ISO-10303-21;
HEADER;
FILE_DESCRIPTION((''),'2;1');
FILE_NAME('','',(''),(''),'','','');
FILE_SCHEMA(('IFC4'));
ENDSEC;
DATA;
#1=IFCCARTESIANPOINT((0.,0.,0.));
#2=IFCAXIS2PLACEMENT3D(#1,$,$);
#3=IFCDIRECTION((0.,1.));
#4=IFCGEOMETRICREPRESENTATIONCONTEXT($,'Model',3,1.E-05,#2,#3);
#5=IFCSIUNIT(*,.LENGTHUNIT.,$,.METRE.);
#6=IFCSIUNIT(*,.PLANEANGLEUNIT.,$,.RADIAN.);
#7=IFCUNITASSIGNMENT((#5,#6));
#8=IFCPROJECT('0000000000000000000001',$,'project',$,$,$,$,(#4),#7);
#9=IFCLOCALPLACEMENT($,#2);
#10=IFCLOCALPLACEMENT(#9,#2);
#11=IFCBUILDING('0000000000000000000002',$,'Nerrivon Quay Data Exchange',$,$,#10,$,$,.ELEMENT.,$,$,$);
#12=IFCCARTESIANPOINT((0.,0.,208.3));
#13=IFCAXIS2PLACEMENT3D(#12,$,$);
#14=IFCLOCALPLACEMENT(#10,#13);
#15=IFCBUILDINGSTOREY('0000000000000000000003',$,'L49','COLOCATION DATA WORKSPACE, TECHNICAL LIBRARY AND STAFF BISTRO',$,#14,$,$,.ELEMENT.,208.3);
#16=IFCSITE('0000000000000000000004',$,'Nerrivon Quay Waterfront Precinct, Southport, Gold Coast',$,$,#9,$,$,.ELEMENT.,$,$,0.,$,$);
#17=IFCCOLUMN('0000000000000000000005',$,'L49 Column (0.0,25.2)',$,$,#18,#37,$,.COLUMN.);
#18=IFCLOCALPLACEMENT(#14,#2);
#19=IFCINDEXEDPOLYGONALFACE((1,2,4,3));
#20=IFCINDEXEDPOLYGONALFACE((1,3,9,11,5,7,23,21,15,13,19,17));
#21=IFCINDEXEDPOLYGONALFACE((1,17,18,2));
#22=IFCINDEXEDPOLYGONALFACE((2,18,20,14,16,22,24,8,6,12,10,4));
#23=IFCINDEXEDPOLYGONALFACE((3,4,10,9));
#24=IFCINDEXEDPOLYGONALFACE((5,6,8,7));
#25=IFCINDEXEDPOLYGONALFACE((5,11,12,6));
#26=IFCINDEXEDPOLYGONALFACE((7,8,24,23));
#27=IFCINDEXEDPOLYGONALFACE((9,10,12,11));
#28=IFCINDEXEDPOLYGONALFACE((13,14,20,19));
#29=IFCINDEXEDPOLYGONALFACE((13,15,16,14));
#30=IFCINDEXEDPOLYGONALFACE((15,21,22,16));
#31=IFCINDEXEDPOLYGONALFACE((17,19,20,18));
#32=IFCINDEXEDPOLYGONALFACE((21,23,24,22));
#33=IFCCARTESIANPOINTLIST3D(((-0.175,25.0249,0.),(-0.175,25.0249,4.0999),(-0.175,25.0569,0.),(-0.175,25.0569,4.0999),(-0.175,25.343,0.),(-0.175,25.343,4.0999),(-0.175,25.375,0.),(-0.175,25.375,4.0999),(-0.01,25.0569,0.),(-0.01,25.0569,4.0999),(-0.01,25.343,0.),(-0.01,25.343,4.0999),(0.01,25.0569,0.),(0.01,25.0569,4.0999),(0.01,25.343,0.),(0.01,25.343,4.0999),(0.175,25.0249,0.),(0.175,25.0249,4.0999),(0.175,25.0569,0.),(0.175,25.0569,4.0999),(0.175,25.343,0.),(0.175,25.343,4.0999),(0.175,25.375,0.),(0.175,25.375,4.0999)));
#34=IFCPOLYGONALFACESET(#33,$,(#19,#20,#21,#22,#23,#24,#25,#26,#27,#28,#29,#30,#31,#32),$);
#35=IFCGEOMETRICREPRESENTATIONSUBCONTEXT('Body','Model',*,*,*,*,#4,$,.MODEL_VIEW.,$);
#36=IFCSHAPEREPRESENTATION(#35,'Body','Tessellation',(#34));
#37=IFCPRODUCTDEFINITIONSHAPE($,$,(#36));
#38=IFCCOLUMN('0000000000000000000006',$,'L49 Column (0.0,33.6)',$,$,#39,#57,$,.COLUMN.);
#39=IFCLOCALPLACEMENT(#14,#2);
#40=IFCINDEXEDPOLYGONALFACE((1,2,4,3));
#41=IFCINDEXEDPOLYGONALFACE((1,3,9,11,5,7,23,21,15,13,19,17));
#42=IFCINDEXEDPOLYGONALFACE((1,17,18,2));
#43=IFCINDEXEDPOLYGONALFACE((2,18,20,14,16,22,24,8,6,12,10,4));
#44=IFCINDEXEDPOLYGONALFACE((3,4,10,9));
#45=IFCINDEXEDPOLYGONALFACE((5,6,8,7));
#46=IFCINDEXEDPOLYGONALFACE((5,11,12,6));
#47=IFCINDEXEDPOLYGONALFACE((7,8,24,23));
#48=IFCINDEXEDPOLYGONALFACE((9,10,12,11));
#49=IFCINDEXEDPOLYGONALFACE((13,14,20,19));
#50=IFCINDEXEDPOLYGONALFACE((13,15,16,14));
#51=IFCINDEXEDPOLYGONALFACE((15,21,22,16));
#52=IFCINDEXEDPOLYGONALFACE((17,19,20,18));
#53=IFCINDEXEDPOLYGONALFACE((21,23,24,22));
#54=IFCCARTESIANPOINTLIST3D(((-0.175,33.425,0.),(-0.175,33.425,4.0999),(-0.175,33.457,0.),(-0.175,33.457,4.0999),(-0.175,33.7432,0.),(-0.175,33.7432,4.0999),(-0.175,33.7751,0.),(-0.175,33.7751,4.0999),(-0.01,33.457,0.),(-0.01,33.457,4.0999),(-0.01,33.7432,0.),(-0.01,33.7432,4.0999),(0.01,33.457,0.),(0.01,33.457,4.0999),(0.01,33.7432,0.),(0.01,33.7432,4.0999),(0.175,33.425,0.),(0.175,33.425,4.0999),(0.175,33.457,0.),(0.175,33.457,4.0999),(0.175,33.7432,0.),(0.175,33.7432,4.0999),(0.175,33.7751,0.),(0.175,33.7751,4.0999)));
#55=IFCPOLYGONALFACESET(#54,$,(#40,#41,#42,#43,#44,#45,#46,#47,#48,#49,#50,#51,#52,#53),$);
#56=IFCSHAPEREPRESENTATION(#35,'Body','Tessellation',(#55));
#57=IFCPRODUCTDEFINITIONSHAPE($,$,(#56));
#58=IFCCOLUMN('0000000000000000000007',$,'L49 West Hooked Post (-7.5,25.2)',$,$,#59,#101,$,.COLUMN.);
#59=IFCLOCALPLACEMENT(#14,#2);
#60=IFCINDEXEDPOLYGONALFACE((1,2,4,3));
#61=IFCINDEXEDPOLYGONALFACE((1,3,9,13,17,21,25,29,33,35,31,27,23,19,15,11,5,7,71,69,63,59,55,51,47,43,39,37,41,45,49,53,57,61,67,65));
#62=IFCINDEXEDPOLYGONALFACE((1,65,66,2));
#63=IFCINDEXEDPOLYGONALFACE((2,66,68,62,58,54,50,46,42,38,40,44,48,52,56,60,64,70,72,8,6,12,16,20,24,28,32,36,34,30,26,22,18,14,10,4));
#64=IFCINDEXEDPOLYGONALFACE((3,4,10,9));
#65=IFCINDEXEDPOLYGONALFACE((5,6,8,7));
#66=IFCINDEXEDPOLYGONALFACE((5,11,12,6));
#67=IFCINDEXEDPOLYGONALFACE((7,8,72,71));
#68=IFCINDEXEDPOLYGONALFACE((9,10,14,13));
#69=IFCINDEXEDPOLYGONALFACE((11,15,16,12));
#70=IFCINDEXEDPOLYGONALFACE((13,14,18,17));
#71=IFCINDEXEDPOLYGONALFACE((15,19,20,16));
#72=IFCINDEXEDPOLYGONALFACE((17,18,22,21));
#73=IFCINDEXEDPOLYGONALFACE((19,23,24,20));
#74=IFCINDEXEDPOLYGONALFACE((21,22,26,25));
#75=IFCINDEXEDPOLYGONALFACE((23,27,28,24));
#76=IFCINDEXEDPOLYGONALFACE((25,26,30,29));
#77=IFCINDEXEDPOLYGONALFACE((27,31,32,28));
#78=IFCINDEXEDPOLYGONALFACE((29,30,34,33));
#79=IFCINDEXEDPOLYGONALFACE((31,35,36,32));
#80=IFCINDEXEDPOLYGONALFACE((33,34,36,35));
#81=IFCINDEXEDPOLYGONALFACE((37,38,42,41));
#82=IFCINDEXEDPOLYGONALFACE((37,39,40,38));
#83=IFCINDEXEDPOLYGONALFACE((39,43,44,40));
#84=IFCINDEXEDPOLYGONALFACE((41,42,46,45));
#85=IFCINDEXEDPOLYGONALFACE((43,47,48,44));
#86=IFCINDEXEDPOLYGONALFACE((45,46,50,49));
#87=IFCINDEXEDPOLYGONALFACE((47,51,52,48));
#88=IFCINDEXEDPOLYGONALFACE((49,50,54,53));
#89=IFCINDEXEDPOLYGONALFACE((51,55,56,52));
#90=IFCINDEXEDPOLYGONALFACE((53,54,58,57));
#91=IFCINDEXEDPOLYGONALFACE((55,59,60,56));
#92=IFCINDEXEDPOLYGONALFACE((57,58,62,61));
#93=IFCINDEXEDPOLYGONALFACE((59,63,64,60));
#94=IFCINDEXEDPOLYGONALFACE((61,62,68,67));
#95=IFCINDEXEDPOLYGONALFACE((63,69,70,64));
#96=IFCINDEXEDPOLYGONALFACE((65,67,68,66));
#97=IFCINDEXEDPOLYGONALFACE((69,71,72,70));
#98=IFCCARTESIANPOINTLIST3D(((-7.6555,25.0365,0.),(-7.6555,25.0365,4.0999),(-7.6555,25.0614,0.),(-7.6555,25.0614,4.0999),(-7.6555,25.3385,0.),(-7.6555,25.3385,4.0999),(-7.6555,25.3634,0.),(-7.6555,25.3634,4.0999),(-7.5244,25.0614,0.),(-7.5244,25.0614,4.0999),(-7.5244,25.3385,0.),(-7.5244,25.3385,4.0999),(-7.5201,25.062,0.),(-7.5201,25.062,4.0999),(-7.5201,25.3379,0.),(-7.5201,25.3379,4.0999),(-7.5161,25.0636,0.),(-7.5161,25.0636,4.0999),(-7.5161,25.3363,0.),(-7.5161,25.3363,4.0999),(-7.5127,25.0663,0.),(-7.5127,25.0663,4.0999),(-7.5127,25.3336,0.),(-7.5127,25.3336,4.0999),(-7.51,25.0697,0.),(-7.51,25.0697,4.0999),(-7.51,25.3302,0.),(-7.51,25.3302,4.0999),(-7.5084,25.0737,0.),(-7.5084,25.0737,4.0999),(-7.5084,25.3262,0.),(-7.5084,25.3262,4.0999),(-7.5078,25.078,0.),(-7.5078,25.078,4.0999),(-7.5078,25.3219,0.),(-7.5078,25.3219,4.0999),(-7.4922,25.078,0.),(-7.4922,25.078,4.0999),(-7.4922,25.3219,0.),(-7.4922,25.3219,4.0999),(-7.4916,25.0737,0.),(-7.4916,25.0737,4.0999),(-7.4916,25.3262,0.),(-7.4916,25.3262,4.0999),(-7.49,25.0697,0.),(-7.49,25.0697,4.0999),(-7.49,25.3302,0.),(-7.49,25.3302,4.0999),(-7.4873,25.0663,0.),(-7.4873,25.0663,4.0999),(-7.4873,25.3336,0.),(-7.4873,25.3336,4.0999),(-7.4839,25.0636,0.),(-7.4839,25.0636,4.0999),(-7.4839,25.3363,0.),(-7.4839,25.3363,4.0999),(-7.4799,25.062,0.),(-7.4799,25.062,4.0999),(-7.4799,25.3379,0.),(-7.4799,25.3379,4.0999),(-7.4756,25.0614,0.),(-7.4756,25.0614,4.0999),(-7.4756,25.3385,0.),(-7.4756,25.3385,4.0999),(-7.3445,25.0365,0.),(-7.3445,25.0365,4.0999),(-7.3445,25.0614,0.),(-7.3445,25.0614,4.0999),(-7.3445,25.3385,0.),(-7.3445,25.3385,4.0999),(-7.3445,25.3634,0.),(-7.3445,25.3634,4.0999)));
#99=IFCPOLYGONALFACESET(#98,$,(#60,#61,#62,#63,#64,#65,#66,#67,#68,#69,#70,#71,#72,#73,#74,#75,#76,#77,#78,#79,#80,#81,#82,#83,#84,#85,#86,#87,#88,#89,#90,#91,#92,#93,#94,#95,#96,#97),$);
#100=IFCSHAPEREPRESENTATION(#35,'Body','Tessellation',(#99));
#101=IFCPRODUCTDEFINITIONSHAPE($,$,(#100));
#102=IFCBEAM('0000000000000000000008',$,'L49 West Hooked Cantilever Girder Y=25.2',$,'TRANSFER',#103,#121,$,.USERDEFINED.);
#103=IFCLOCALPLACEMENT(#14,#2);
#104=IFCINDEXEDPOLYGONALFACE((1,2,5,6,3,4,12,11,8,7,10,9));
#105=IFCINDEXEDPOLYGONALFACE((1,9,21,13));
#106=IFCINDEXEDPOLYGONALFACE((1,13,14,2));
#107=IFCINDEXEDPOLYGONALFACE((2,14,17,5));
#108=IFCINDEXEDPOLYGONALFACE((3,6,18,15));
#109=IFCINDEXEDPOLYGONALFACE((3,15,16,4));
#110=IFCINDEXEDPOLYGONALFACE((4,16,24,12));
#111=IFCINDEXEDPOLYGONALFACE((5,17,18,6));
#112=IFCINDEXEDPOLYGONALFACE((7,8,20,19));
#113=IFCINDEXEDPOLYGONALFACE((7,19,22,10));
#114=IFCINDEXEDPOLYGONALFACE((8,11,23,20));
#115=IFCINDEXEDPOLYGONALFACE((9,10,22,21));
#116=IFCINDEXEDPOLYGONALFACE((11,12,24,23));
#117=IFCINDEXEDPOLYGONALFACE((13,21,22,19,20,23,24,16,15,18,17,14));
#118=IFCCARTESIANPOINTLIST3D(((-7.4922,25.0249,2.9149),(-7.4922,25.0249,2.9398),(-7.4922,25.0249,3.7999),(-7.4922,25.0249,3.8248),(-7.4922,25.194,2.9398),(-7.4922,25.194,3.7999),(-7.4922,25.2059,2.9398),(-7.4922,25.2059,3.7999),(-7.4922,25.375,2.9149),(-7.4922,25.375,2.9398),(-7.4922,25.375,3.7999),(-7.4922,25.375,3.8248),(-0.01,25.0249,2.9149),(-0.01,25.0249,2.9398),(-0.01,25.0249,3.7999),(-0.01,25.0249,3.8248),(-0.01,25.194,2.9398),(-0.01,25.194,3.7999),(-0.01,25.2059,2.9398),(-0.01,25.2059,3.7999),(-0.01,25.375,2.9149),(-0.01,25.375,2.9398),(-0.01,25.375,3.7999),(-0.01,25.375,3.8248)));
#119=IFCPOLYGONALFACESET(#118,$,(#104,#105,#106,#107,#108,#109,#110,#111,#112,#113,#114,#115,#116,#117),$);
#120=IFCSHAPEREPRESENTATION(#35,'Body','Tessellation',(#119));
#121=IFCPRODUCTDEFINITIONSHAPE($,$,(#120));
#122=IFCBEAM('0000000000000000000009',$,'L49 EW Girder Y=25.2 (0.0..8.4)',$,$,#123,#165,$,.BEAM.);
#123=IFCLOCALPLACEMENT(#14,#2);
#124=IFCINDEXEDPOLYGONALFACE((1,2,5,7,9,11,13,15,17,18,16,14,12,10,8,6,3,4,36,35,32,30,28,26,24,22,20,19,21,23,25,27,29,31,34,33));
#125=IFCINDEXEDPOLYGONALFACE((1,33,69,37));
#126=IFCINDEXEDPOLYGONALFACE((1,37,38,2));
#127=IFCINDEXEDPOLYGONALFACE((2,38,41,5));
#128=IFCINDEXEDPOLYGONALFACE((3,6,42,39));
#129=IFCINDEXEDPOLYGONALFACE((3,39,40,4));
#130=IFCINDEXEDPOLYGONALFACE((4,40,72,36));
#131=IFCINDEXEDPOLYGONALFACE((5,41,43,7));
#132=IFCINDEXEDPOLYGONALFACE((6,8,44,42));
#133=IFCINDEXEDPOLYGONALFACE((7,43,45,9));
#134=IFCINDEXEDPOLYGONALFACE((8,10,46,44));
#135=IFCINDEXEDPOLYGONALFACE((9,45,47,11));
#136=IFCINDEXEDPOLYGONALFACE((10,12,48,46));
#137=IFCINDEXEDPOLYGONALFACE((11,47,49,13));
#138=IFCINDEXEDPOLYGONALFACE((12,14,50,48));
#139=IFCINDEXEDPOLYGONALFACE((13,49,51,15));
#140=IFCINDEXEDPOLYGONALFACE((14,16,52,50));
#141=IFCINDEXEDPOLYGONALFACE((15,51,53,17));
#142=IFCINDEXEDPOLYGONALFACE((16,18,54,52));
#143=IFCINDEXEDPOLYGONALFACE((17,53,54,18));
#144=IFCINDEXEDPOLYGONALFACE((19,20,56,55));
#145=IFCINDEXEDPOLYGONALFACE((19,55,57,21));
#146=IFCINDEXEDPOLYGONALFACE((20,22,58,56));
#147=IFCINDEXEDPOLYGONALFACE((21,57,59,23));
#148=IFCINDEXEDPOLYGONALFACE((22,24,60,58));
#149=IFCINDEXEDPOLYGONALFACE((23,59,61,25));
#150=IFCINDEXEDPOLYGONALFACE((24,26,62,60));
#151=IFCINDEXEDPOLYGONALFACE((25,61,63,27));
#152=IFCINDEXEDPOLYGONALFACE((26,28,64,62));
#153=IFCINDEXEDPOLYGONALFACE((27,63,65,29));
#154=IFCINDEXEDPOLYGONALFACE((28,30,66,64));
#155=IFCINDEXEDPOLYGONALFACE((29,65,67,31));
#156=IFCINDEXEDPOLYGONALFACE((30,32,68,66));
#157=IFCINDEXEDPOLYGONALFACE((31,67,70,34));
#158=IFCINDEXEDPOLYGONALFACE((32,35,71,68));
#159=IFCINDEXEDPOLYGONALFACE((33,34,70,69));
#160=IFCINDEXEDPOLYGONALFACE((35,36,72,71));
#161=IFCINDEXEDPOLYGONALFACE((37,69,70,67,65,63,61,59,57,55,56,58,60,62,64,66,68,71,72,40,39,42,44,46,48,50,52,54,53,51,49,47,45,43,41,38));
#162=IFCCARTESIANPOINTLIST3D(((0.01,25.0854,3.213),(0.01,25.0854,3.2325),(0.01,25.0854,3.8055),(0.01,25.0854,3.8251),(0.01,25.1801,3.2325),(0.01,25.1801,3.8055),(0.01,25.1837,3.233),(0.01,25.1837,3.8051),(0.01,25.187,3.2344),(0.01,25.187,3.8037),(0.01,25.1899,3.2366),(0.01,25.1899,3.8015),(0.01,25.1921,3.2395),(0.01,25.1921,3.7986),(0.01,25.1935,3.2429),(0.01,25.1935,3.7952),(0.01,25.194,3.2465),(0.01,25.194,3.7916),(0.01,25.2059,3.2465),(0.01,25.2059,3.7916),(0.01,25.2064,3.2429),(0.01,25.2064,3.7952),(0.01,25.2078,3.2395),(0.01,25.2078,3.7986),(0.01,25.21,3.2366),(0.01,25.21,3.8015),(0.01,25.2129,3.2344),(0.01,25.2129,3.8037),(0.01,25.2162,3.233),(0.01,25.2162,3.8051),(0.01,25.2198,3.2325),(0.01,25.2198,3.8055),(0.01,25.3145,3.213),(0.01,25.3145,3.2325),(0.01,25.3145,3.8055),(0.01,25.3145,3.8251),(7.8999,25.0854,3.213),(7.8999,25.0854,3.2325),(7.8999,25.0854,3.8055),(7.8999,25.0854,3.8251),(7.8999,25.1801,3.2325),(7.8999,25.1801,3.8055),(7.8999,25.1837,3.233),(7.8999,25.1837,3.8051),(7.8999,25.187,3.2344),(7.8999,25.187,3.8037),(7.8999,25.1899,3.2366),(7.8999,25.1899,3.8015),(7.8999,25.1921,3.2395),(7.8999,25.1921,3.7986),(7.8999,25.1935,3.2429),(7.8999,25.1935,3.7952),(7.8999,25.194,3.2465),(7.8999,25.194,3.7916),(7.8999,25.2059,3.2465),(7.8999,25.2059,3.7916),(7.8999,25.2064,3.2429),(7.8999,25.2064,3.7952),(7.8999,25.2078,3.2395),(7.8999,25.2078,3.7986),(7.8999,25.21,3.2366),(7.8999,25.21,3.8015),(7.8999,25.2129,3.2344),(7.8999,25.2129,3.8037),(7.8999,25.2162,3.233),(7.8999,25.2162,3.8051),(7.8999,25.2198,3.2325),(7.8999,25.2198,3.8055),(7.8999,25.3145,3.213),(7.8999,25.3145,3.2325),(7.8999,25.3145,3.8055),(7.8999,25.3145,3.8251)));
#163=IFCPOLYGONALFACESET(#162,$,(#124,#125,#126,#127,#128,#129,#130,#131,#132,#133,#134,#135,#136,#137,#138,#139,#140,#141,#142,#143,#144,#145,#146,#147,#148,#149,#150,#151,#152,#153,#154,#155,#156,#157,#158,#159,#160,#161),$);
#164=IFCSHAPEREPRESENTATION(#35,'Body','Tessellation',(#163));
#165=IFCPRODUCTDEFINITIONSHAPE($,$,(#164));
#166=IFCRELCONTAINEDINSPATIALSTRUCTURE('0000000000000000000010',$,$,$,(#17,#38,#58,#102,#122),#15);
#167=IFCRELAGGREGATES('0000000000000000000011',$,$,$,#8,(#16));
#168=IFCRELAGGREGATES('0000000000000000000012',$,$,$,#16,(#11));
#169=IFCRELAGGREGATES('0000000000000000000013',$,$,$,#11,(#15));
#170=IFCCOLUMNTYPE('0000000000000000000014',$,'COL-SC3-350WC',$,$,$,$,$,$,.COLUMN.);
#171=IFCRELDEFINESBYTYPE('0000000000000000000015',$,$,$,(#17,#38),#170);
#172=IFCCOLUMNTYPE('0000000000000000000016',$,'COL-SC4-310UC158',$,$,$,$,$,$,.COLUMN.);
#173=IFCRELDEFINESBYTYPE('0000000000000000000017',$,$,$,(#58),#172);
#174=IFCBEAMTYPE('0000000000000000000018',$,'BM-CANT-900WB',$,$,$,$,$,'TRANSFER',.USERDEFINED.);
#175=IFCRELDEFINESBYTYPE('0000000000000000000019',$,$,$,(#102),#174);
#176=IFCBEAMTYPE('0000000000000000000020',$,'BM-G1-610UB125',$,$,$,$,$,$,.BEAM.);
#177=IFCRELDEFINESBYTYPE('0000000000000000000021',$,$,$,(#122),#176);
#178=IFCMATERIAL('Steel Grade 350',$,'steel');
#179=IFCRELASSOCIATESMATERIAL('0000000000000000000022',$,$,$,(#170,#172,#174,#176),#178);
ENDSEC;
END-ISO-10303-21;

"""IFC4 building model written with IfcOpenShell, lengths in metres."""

from ifc_helpers import new_model, si_unit, direction, frame, origin, origin_2d, place, context, subcontext, project, spatial, i_section, extrude, material, material_profile, profile_set, type_object, element, save


model = new_model("IFC4")

# Units and contexts
model_context = context("Model", 3, precision=1e-05, world=origin(), true_north=direction((0.0, 1.0)))
body_context = subcontext(model_context, "Body", "Model", "MODEL_VIEW")
ifc_project = project(units=[si_unit("LENGTHUNIT", "METRE"), si_unit("PLANEANGLEUNIT", "RADIAN")], contexts=[model_context])

# Site, building, storey
site_placement = place(None, origin())
site = spatial("IfcSite", under=ifc_project, at=site_placement, Name="Nerrivon Quay Waterfront Precinct, Southport, Gold Coast", CompositionType="ELEMENT", RefElevation=0.0)
building_placement = place(site_placement, origin())
building = spatial("IfcBuilding", under=site, at=building_placement, Name="Nerrivon Quay Data Exchange", CompositionType="ELEMENT")
storey_placement = place(building_placement, frame((0.0, 0.0, 208.3)))
storey = spatial("IfcBuildingStorey", under=building, at=storey_placement, Name="L49", Description="COLOCATION DATA WORKSPACE, TECHNICAL LIBRARY AND STAFF BISTRO", CompositionType="ELEMENT", Elevation=208.3)

# Columns
ifc_material_1 = material(Name="Steel Grade 350", Category="steel")
ifc_material_profile_1 = material_profile(ifc_material_1, i_section(OverallWidth=0.3501, OverallDepth=0.3501, WebThickness=0.02, FlangeThickness=0.032, at=origin_2d()), Name="350WC230")
ifc_profile_set_1 = profile_set([ifc_material_profile_1], Name="Steel Grade 350")
column_type_1 = type_object("IfcColumnType", Name="COL-SC3-350WC", PredefinedType="COLUMN", material=ifc_profile_set_1)
for number, where, z_axis, x_axis, name in (
    (1, (0.0, 25.2, 0.0), (0.0, 0.0, 1.0), (1.0, 0.0, 0.0), "L49 Column (0.0,25.2)"),
    (2, (0.0, 33.6001, 0.0), (0.0, 0.0, 1.0), (1.0, 0.0, 0.0), "L49 Column (0.0,33.6)"),
):
    element("IfcColumn", number, at=place(storey_placement, frame(where, z_axis=z_axis, x_axis=x_axis)), inside=storey, type_object=column_type_1, Name=name, PredefinedType="COLUMN", context=body_context, shape_type="SweptSolid", body=[
        extrude(i_section(OverallWidth=0.3501, OverallDepth=0.3501, WebThickness=0.02, FlangeThickness=0.032, at=origin_2d()), origin(), (0.0, 0.0, 1.0), 4.0999),
    ])
ifc_material_profile_2 = material_profile(ifc_material_1, i_section(OverallWidth=0.311, OverallDepth=0.3269, WebThickness=0.0156, FlangeThickness=0.0249, FilletRadius=0.0166, at=origin_2d()), Name="310UC158")
ifc_profile_set_2 = profile_set([ifc_material_profile_2], Name="Steel Grade 350")
column_type_2 = type_object("IfcColumnType", Name="COL-SC4-310UC158", PredefinedType="COLUMN", material=ifc_profile_set_2)
column_placement = place(storey_placement, frame((-7.5, 25.2, 0.0), z_axis=(0.0, 0.0, 1.0), x_axis=(1.0, 0.0, 0.0)))
element("IfcColumn", 3, at=column_placement, inside=storey, type_object=column_type_2, Name="L49 West Hooked Post (-7.5,25.2)", PredefinedType="COLUMN", context=body_context, shape_type="SweptSolid", body=[
    extrude(i_section(OverallWidth=0.311, OverallDepth=0.3269, WebThickness=0.0156, FlangeThickness=0.0249, FilletRadius=0.0166, at=origin_2d()), origin(), (0.0, 0.0, 1.0), 4.0999),
])

# Beams
ifc_material_profile_3 = material_profile(ifc_material_1, i_section(OverallWidth=0.3501, OverallDepth=0.9099, WebThickness=0.012, FlangeThickness=0.0249, at=origin_2d()), Name="900WB218")
ifc_profile_set_3 = profile_set([ifc_material_profile_3], Name="Steel Grade 350")
beam_type_1 = type_object("IfcBeamType", Name="BM-CANT-900WB", ElementType="TRANSFER", PredefinedType="USERDEFINED", material=ifc_profile_set_3)
beam_1_placement = place(storey_placement, frame((-0.01, 25.2, 3.3699), z_axis=(-1.0, 0.0, 0.0), x_axis=(0.0, -1.0, 0.0)))
element("IfcBeam", 4, at=beam_1_placement, inside=storey, type_object=beam_type_1, Name="L49 West Hooked Cantilever Girder Y=25.2", ObjectType="TRANSFER", PredefinedType="USERDEFINED", context=body_context, shape_type="SweptSolid", body=[
    extrude(i_section(OverallWidth=0.3501, OverallDepth=0.9099, WebThickness=0.012, FlangeThickness=0.0249, at=origin_2d()), origin(), (0.0, 0.0, 1.0), 7.4822),
])
ifc_material_profile_4 = material_profile(ifc_material_1, i_section(OverallWidth=0.229, OverallDepth=0.6121, WebThickness=0.012, FlangeThickness=0.0195, FilletRadius=0.0139, at=origin_2d()), Name="610UB125")
ifc_profile_set_4 = profile_set([ifc_material_profile_4], Name="Steel Grade 350")
beam_type_2 = type_object("IfcBeamType", Name="BM-G1-610UB125", PredefinedType="BEAM", material=ifc_profile_set_4)
beam_2_placement = place(storey_placement, frame((0.01, 25.2, 3.519), z_axis=(1.0, 0.0, 0.0), x_axis=(0.0, 1.0, 0.0)))
element("IfcBeam", 5, at=beam_2_placement, inside=storey, type_object=beam_type_2, Name="L49 EW Girder Y=25.2 (0.0..8.4)", PredefinedType="BEAM", context=body_context, shape_type="SweptSolid", body=[
    extrude(i_section(OverallWidth=0.229, OverallDepth=0.6121, WebThickness=0.012, FlangeThickness=0.0195, FilletRadius=0.0139, at=origin_2d()), origin(), (0.0, 0.0, 1.0), 7.8899),
])

save(model, "model.ifc")
